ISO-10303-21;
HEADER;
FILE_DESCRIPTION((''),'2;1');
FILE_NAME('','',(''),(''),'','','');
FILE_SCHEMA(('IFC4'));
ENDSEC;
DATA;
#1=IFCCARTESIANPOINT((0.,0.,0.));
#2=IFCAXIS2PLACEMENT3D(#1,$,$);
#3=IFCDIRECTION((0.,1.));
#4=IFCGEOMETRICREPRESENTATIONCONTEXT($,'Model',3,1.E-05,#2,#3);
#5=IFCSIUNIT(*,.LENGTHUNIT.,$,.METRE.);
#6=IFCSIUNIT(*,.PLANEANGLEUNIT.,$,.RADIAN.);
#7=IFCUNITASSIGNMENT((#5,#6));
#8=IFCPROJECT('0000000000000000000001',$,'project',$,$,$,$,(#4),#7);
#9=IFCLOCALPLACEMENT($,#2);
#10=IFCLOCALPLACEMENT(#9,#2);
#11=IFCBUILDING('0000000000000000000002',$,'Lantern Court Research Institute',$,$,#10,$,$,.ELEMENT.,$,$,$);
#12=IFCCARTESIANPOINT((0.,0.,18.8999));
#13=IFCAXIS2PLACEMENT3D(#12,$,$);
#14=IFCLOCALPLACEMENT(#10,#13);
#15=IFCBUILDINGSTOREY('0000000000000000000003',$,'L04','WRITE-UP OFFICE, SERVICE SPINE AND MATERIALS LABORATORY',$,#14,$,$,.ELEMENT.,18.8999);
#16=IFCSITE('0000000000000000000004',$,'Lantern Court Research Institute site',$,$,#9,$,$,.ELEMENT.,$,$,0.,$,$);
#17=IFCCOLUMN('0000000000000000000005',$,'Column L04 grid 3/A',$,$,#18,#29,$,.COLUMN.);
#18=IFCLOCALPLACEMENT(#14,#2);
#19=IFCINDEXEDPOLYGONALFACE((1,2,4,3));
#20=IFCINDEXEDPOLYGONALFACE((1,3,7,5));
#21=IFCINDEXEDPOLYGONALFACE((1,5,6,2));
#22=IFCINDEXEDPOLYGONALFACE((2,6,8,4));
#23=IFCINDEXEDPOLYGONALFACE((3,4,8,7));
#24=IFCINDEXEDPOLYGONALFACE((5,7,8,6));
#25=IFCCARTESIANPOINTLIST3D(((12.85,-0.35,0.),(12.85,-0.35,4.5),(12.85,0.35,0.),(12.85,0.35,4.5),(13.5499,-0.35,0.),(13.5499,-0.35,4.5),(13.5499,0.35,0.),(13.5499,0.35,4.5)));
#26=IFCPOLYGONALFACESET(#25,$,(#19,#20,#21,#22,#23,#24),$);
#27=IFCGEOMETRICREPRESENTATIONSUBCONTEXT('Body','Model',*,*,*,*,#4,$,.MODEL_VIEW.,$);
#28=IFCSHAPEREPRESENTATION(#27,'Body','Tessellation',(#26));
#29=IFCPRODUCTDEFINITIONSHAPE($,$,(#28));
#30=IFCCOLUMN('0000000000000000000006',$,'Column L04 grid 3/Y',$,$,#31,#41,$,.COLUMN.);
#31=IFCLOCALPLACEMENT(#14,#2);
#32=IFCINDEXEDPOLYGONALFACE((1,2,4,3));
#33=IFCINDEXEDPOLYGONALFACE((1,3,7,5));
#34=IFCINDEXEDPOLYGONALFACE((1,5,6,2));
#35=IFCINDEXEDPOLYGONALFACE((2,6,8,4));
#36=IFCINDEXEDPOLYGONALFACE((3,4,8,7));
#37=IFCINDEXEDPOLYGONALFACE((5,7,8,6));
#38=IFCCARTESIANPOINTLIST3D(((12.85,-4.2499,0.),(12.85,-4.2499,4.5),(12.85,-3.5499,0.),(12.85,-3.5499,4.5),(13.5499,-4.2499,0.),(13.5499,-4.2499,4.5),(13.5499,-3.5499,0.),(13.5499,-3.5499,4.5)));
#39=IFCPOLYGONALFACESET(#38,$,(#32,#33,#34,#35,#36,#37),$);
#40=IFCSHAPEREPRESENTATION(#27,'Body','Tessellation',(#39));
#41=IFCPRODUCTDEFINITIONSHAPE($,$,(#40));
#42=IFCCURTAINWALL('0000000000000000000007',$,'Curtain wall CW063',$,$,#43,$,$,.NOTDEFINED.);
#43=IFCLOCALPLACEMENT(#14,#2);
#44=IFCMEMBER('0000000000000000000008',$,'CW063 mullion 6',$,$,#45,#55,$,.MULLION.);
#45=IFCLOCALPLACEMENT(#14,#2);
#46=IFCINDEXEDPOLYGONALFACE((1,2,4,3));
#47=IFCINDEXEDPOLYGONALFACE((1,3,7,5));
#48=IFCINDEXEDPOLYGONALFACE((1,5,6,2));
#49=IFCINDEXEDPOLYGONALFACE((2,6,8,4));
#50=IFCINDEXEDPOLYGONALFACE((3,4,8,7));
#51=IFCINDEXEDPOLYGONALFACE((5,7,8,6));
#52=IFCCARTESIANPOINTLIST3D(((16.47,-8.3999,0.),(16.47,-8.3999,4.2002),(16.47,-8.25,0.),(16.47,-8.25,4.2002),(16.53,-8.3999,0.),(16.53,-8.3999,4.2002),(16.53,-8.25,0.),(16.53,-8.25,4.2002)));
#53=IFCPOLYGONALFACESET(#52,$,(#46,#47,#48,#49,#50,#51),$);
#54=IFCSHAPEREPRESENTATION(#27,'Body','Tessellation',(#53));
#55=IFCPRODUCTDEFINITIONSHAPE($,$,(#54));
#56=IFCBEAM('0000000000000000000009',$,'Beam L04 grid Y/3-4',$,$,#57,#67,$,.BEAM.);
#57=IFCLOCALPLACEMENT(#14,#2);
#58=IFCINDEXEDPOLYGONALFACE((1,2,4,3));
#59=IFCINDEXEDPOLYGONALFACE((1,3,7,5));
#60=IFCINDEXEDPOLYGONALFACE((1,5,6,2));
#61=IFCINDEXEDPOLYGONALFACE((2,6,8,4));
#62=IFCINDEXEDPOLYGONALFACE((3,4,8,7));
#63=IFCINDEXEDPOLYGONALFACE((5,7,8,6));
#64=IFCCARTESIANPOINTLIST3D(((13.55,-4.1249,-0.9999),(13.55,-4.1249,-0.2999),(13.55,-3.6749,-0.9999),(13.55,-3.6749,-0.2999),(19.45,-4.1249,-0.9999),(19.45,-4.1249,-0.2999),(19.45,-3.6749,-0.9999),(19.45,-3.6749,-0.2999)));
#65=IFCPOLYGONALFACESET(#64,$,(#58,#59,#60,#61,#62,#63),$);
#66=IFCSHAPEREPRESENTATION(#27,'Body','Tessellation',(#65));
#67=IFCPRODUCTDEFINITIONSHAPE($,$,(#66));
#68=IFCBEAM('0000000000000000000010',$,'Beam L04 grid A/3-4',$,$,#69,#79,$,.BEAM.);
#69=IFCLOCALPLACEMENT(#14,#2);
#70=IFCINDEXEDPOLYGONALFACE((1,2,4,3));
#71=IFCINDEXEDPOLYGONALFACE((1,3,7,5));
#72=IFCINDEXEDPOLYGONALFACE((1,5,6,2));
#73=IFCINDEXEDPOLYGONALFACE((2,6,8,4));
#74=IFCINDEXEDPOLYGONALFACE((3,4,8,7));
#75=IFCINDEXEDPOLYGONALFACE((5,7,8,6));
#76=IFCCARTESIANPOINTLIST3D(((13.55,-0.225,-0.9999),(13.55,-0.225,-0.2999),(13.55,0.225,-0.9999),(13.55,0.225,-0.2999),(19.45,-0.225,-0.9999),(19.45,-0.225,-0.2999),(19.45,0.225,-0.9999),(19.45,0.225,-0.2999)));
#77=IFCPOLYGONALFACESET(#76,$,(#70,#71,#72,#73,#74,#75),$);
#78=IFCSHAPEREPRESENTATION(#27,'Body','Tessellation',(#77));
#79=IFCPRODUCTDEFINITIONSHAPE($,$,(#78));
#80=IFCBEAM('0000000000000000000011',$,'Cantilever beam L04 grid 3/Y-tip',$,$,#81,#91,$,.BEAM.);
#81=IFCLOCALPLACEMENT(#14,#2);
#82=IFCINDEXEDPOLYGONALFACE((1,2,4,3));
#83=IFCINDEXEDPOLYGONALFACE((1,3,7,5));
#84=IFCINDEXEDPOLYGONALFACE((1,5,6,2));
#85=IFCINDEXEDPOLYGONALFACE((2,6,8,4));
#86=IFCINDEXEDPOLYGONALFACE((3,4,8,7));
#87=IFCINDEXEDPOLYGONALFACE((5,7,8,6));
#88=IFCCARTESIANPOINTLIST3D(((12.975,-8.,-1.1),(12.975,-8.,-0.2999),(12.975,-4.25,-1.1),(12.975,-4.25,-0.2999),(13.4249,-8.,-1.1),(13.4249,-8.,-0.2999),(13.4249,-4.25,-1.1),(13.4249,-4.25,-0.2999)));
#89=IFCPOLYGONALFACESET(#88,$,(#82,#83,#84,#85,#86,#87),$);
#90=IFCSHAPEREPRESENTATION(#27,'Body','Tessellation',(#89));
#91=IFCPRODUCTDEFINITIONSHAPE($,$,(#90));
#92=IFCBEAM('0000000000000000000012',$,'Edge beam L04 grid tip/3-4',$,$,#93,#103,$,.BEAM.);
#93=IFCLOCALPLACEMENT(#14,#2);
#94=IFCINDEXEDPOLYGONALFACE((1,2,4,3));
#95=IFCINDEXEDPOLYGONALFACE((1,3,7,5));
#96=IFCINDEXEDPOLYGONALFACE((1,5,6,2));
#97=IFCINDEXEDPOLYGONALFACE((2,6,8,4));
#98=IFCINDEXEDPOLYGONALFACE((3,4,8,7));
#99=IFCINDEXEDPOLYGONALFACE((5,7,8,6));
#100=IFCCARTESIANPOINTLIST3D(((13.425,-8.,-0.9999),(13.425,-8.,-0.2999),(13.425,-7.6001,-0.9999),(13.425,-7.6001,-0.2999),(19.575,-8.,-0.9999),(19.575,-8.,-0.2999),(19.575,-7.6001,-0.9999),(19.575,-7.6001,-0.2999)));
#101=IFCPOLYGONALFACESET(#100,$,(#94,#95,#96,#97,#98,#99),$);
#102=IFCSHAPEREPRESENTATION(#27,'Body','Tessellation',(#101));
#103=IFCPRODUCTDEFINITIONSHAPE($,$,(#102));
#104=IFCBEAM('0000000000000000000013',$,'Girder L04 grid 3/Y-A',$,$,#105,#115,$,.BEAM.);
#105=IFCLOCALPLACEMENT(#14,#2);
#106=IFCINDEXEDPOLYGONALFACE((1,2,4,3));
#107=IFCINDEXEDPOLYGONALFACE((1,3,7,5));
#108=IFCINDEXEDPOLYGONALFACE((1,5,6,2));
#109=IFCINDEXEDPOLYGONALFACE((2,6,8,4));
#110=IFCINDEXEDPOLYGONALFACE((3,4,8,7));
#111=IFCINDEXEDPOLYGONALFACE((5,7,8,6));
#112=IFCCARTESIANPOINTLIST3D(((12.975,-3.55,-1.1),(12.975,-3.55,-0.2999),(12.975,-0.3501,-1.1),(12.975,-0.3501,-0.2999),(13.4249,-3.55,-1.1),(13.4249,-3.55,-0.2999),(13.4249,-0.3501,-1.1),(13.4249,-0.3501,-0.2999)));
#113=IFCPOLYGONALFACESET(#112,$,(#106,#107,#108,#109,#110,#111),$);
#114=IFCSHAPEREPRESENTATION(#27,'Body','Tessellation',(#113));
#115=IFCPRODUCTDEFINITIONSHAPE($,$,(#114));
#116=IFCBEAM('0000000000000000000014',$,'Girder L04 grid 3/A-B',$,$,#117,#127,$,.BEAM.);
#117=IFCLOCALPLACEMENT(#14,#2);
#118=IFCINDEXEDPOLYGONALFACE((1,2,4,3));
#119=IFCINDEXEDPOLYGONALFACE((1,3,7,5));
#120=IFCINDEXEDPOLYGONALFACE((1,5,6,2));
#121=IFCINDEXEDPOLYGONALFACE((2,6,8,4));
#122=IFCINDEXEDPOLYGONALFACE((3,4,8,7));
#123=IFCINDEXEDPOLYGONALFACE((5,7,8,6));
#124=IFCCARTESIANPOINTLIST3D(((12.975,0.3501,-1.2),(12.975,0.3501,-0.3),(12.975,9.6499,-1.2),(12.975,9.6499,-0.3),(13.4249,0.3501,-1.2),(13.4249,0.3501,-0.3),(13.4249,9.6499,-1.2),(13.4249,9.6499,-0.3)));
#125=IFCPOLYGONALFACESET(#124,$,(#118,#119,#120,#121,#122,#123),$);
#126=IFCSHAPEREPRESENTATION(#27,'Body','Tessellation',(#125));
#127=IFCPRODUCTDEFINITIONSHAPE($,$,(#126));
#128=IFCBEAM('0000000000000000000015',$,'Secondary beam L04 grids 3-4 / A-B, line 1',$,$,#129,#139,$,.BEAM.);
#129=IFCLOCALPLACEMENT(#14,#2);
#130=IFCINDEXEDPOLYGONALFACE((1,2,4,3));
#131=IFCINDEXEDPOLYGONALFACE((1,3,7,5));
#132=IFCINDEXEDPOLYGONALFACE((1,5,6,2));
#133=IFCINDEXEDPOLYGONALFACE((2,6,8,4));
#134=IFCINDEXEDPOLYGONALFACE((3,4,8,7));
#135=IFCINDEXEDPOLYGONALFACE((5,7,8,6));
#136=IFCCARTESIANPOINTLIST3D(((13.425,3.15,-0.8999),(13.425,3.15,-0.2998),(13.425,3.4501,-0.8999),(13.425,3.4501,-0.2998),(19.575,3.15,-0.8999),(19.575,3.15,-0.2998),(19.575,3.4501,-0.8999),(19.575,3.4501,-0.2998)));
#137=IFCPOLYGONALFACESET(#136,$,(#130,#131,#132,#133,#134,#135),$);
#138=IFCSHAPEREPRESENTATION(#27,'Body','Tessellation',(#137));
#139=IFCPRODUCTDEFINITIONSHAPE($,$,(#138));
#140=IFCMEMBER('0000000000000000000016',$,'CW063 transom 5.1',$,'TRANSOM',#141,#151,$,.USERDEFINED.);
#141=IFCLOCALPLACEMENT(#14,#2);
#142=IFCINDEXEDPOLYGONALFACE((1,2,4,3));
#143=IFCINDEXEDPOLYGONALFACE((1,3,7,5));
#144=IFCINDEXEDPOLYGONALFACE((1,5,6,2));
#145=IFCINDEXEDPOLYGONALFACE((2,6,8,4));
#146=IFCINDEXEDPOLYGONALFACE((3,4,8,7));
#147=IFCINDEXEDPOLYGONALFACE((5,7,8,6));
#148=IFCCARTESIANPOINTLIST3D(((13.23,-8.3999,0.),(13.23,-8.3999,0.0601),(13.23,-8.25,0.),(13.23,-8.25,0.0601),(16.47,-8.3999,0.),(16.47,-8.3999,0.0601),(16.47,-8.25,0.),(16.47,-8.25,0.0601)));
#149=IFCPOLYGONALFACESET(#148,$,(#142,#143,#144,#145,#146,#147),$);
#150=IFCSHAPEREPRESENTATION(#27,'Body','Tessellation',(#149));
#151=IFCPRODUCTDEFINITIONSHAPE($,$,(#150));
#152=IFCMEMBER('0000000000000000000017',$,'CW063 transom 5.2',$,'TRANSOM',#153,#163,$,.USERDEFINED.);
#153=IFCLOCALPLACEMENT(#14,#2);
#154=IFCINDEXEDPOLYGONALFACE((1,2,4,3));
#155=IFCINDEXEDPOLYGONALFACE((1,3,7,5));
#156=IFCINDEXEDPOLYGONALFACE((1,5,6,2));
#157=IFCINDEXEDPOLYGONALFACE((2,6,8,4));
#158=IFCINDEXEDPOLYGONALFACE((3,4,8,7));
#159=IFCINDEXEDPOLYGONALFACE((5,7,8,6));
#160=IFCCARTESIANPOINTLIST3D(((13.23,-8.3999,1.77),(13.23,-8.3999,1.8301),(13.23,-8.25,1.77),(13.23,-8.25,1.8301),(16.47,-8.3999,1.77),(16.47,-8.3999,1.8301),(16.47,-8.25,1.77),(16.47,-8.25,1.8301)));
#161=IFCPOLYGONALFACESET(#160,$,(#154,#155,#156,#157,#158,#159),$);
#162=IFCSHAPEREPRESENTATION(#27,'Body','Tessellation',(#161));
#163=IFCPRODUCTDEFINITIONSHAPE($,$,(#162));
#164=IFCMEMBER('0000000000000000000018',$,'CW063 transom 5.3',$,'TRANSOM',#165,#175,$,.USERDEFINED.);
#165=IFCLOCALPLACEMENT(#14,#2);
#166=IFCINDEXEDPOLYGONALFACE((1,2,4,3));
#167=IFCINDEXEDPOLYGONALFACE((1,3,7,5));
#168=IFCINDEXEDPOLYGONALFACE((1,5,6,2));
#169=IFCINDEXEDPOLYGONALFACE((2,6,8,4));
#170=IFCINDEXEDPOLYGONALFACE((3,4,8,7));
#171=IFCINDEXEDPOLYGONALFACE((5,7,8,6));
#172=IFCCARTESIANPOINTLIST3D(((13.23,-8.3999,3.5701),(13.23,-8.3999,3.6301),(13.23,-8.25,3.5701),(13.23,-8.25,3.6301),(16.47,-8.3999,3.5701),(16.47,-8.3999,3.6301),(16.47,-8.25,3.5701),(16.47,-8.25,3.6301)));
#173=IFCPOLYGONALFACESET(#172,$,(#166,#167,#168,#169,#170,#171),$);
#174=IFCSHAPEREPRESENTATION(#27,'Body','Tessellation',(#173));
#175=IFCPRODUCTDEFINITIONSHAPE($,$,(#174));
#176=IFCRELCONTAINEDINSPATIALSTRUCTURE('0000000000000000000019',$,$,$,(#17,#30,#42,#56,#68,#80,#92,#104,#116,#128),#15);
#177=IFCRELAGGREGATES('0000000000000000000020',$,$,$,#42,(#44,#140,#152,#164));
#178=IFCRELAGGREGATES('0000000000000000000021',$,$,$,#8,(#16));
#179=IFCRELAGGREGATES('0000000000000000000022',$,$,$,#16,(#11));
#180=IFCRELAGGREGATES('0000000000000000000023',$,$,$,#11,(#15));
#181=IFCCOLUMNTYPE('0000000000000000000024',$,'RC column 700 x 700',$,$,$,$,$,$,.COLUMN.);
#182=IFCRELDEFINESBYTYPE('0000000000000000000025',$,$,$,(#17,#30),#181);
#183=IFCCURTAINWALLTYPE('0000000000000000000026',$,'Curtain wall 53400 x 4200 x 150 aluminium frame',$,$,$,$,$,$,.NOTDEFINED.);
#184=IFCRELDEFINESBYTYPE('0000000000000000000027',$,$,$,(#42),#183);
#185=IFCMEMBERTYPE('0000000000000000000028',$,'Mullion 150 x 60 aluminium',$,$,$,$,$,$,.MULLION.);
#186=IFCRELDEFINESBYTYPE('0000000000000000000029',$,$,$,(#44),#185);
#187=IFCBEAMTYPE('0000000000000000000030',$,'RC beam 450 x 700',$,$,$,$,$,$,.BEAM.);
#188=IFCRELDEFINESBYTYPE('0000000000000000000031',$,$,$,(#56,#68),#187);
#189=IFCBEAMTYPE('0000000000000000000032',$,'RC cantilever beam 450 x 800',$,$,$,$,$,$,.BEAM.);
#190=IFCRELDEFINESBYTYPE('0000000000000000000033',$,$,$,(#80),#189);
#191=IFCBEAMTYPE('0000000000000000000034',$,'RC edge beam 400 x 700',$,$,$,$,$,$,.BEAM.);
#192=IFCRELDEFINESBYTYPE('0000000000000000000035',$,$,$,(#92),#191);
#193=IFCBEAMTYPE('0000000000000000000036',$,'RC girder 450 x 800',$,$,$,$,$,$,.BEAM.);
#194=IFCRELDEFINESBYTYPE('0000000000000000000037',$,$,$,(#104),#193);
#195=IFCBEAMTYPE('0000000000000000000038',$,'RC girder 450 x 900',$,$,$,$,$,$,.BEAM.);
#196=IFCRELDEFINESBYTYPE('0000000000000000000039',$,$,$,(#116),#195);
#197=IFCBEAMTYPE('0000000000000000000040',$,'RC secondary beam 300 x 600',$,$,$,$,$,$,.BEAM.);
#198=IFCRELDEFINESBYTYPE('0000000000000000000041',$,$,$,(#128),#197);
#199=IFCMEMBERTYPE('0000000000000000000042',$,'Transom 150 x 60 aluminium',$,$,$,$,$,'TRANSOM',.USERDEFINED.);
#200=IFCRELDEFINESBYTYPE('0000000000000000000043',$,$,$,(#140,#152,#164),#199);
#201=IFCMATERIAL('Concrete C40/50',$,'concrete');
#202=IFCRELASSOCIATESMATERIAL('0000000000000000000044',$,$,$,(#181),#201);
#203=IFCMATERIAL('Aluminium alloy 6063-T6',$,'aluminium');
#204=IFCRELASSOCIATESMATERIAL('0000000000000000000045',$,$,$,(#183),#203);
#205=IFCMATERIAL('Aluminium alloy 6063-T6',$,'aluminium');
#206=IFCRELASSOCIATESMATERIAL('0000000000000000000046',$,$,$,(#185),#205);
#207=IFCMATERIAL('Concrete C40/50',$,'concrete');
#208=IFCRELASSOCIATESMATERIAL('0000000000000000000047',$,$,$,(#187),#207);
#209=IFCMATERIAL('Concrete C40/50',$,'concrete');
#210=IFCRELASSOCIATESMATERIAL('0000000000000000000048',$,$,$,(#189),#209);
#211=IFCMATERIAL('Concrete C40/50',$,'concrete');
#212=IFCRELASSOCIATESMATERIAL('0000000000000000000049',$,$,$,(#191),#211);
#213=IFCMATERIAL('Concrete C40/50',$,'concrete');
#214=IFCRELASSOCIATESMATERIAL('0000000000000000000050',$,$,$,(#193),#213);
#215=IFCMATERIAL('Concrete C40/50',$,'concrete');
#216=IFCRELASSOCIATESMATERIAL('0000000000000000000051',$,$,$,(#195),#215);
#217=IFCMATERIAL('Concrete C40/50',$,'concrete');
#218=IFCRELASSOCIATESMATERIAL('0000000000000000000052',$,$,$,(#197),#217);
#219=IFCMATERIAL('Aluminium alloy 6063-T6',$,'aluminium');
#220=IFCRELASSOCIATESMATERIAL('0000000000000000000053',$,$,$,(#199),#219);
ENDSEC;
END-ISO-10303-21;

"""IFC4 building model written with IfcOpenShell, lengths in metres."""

from ifc_helpers import new_model, si_unit, direction, frame, origin, origin_2d, place, context, subcontext, project, spatial, rectangle, extrude, material, material_profile, profile_set, type_object, element, aggregate, save


model = new_model("IFC4")

# Units and contexts
model_context = context("Model", 3, precision=1e-05, world=origin(), true_north=direction((0.0, 1.0)))
body_context = subcontext(model_context, "Body", "Model", "MODEL_VIEW")
ifc_project = project(units=[si_unit("LENGTHUNIT", "METRE"), si_unit("PLANEANGLEUNIT", "RADIAN")], contexts=[model_context])

# Site, building, storey
site_placement = place(None, origin())
site = spatial("IfcSite", under=ifc_project, at=site_placement, Name="Lantern Court Research Institute site", CompositionType="ELEMENT", RefElevation=0.0)
building_placement = place(site_placement, origin())
building = spatial("IfcBuilding", under=site, at=building_placement, Name="Lantern Court Research Institute", CompositionType="ELEMENT")
storey_placement = place(building_placement, frame((0.0, 0.0, 18.8999)))
storey = spatial("IfcBuildingStorey", under=building, at=storey_placement, Name="L04", Description="WRITE-UP OFFICE, SERVICE SPINE AND MATERIALS LABORATORY", CompositionType="ELEMENT", Elevation=18.8999)

# Columns
ifc_material_1 = material(Name="Concrete C40/50", Category="concrete")
ifc_material_profile_1 = material_profile(ifc_material_1, rectangle(XDim=0.7, YDim=0.7, at=origin_2d()), Name="RC column 700 x 700")
ifc_profile_set_1 = profile_set([ifc_material_profile_1], Name="Concrete C40/50")
column_type = type_object("IfcColumnType", Name="RC column 700 x 700", PredefinedType="COLUMN", material=ifc_profile_set_1)
for number, where, z_axis, x_axis, name in (
    (1, (13.2, 0.0, 0.0), (0.0, 0.0, 1.0), (1.0, 0.0, 0.0), "Column L04 grid 3/A"),
    (2, (13.2, -3.8999, 0.0), (0.0, 0.0, 1.0), (1.0, 0.0, 0.0), "Column L04 grid 3/Y"),
):
    element("IfcColumn", number, at=place(storey_placement, frame(where, z_axis=z_axis, x_axis=x_axis)), inside=storey, type_object=column_type, Name=name, PredefinedType="COLUMN", context=body_context, shape_type="SweptSolid", body=[
        extrude(rectangle(XDim=0.7, YDim=0.7, at=origin_2d()), origin(), (0.0, 0.0, 1.0), 4.5),
    ])

# Curtain wall, member
ifc_material_2 = material(Name="Aluminium alloy 6063-T6", Category="aluminium")
curtain_wall_type = type_object("IfcCurtainWallType", Name="Curtain wall 53400 x 4200 x 150 aluminium frame", PredefinedType="NOTDEFINED", material=ifc_material_2)
curtain_wall_placement = place(storey_placement, origin())
curtain_wall = element("IfcCurtainWall", 3, at=curtain_wall_placement, inside=storey, type_object=curtain_wall_type, Name="Curtain wall CW063", PredefinedType="NOTDEFINED")
ifc_material_3 = material(Name="Aluminium alloy 6063-T6", Category="aluminium")
ifc_material_profile_2 = material_profile(ifc_material_3, rectangle(XDim=0.1499, YDim=0.0601, at=origin_2d()), Name="Mullion 150 x 60")
ifc_profile_set_2 = profile_set([ifc_material_profile_2], Name="Aluminium alloy 6063-T6")
member_type_1 = type_object("IfcMemberType", Name="Mullion 150 x 60 aluminium", PredefinedType="MULLION", material=ifc_profile_set_2)
member_1_placement = place(storey_placement, frame((16.5, -8.325, 0.0), z_axis=(0.0, 0.0, 1.0), x_axis=(0.0, -1.0, 0.0)))
member_1 = element("IfcMember", 4, at=member_1_placement, type_object=member_type_1, Name="CW063 mullion 6", PredefinedType="MULLION", context=body_context, shape_type="SweptSolid", body=[
    extrude(rectangle(XDim=0.1499, YDim=0.0601, at=origin_2d()), origin(), (0.0, 0.0, 1.0), 4.2002),
])

# Beams
ifc_material_4 = material(Name="Concrete C40/50", Category="concrete")
ifc_material_profile_3 = material_profile(ifc_material_4, rectangle(XDim=0.45, YDim=0.7, at=origin_2d()), Name="RC beam 450 x 700")
ifc_profile_set_3 = profile_set([ifc_material_profile_3], Name="Concrete C40/50")
beam_type_1 = type_object("IfcBeamType", Name="RC beam 450 x 700", PredefinedType="BEAM", material=ifc_profile_set_3)
for number, where, z_axis, x_axis, name in (
    (5, (13.55, -3.8999, -0.6499), (1.0, 0.0, 0.0), (0.0, 1.0, 0.0), "Beam L04 grid Y/3-4"),
    (6, (13.55, 0.0, -0.6499), (1.0, 0.0, 0.0), (0.0, 1.0, 0.0), "Beam L04 grid A/3-4"),
):
    element("IfcBeam", number, at=place(storey_placement, frame(where, z_axis=z_axis, x_axis=x_axis)), inside=storey, type_object=beam_type_1, Name=name, PredefinedType="BEAM", context=body_context, shape_type="SweptSolid", body=[
        extrude(rectangle(XDim=0.45, YDim=0.7, at=origin_2d()), origin(), (0.0, 0.0, 1.0), 5.8999),
    ])
ifc_material_5 = material(Name="Concrete C40/50", Category="concrete")
ifc_material_profile_4 = material_profile(ifc_material_5, rectangle(XDim=0.45, YDim=0.8, at=origin_2d()), Name="RC beam 450 x 800")
ifc_profile_set_4 = profile_set([ifc_material_profile_4], Name="Concrete C40/50")
beam_type_2 = type_object("IfcBeamType", Name="RC cantilever beam 450 x 800", PredefinedType="BEAM", material=ifc_profile_set_4)
beam_1_placement = place(storey_placement, frame((13.2, -4.25, -0.7), z_axis=(0.0, -1.0, 0.0), x_axis=(1.0, 0.0, 0.0)))
element("IfcBeam", 7, at=beam_1_placement, inside=storey, type_object=beam_type_2, Name="Cantilever beam L04 grid 3/Y-tip", PredefinedType="BEAM", context=body_context, shape_type="SweptSolid", body=[
    extrude(rectangle(XDim=0.45, YDim=0.8, at=origin_2d()), origin(), (0.0, 0.0, 1.0), 3.75),
])
ifc_material_6 = material(Name="Concrete C40/50", Category="concrete")
ifc_material_profile_5 = material_profile(ifc_material_6, rectangle(XDim=0.3999, YDim=0.7, at=origin_2d()), Name="RC beam 400 x 700")
ifc_profile_set_5 = profile_set([ifc_material_profile_5], Name="Concrete C40/50")
beam_type_3 = type_object("IfcBeamType", Name="RC edge beam 400 x 700", PredefinedType="BEAM", material=ifc_profile_set_5)
beam_2_placement = place(storey_placement, frame((13.425, -7.8, -0.6499), z_axis=(1.0, 0.0, 0.0), x_axis=(0.0, 1.0, 0.0)))
element("IfcBeam", 8, at=beam_2_placement, inside=storey, type_object=beam_type_3, Name="Edge beam L04 grid tip/3-4", PredefinedType="BEAM", context=body_context, shape_type="SweptSolid", body=[
    extrude(rectangle(XDim=0.3999, YDim=0.7, at=origin_2d()), origin(), (0.0, 0.0, 1.0), 6.1499),
])
ifc_material_7 = material(Name="Concrete C40/50", Category="concrete")
ifc_material_profile_6 = material_profile(ifc_material_7, rectangle(XDim=0.45, YDim=0.8, at=origin_2d()), Name="RC beam 450 x 800")
ifc_profile_set_6 = profile_set([ifc_material_profile_6], Name="Concrete C40/50")
beam_type_4 = type_object("IfcBeamType", Name="RC girder 450 x 800", PredefinedType="BEAM", material=ifc_profile_set_6)
beam_3_placement = place(storey_placement, frame((13.2, -3.55, -0.7), z_axis=(0.0, 1.0, 0.0), x_axis=(-1.0, 0.0, 0.0)))
element("IfcBeam", 9, at=beam_3_placement, inside=storey, type_object=beam_type_4, Name="Girder L04 grid 3/Y-A", PredefinedType="BEAM", context=body_context, shape_type="SweptSolid", body=[
    extrude(rectangle(XDim=0.45, YDim=0.8, at=origin_2d()), origin(), (0.0, 0.0, 1.0), 3.2),
])
ifc_material_8 = material(Name="Concrete C40/50", Category="concrete")
ifc_material_profile_7 = material_profile(ifc_material_8, rectangle(XDim=0.45, YDim=0.8999, at=origin_2d()), Name="RC beam 450 x 900")
ifc_profile_set_7 = profile_set([ifc_material_profile_7], Name="Concrete C40/50")
beam_type_5 = type_object("IfcBeamType", Name="RC girder 450 x 900", PredefinedType="BEAM", material=ifc_profile_set_7)
beam_4_placement = place(storey_placement, frame((13.2, 0.3501, -0.75), z_axis=(0.0, 1.0, 0.0), x_axis=(-1.0, 0.0, 0.0)))
element("IfcBeam", 10, at=beam_4_placement, inside=storey, type_object=beam_type_5, Name="Girder L04 grid 3/A-B", PredefinedType="BEAM", context=body_context, shape_type="SweptSolid", body=[
    extrude(rectangle(XDim=0.45, YDim=0.8999, at=origin_2d()), origin(), (0.0, 0.0, 1.0), 9.2998),
])
ifc_material_9 = material(Name="Concrete C40/50", Category="concrete")
ifc_material_profile_8 = material_profile(ifc_material_9, rectangle(XDim=0.3, YDim=0.6001, at=origin_2d()), Name="RC beam 300 x 600")
ifc_profile_set_8 = profile_set([ifc_material_profile_8], Name="Concrete C40/50")
beam_type_6 = type_object("IfcBeamType", Name="RC secondary beam 300 x 600", PredefinedType="BEAM", material=ifc_profile_set_8)
beam_5_placement = place(storey_placement, frame((13.425, 3.3, -0.5999), z_axis=(1.0, 0.0, 0.0), x_axis=(0.0, 1.0, 0.0)))
element("IfcBeam", 11, at=beam_5_placement, inside=storey, type_object=beam_type_6, Name="Secondary beam L04 grids 3-4 / A-B, line 1", PredefinedType="BEAM", context=body_context, shape_type="SweptSolid", body=[
    extrude(rectangle(XDim=0.3, YDim=0.6001, at=origin_2d()), origin(), (0.0, 0.0, 1.0), 6.1499),
])

# Members
ifc_material_10 = material(Name="Aluminium alloy 6063-T6", Category="aluminium")
ifc_material_profile_9 = material_profile(ifc_material_10, rectangle(XDim=0.1499, YDim=0.0601, at=origin_2d()), Name="Transom 150 x 60")
ifc_profile_set_9 = profile_set([ifc_material_profile_9], Name="Aluminium alloy 6063-T6")
member_type_2 = type_object("IfcMemberType", Name="Transom 150 x 60 aluminium", ElementType="TRANSOM", PredefinedType="USERDEFINED", material=ifc_profile_set_9)
member_2_placement = place(storey_placement, frame((16.47, -8.325, 0.03), z_axis=(-1.0, 0.0, 0.0), x_axis=(0.0, -1.0, 0.0)))
member_2 = element("IfcMember", 12, at=member_2_placement, type_object=member_type_2, Name="CW063 transom 5.1", ObjectType="TRANSOM", PredefinedType="USERDEFINED", context=body_context, shape_type="SweptSolid", body=[
    extrude(rectangle(XDim=0.1499, YDim=0.0601, at=origin_2d()), origin(), (0.0, 0.0, 1.0), 3.24),
])
member_3_placement = place(storey_placement, frame((16.47, -8.325, 1.8), z_axis=(-1.0, 0.0, 0.0), x_axis=(0.0, -1.0, 0.0)))
member_3 = element("IfcMember", 13, at=member_3_placement, type_object=member_type_2, Name="CW063 transom 5.2", ObjectType="TRANSOM", PredefinedType="USERDEFINED", context=body_context, shape_type="SweptSolid", body=[
    extrude(rectangle(XDim=0.1499, YDim=0.0601, at=origin_2d()), origin(), (0.0, 0.0, 1.0), 3.24),
])
member_4_placement = place(storey_placement, frame((16.47, -8.325, 3.6001), z_axis=(-1.0, 0.0, 0.0), x_axis=(0.0, -1.0, 0.0)))
member_4 = element("IfcMember", 14, at=member_4_placement, type_object=member_type_2, Name="CW063 transom 5.3", ObjectType="TRANSOM", PredefinedType="USERDEFINED", context=body_context, shape_type="SweptSolid", body=[
    extrude(rectangle(XDim=0.1499, YDim=0.0601, at=origin_2d()), origin(), (0.0, 0.0, 1.0), 3.24),
])

aggregate(curtain_wall, [member_1, member_2, member_3, member_4])

save(model, "model.ifc")
